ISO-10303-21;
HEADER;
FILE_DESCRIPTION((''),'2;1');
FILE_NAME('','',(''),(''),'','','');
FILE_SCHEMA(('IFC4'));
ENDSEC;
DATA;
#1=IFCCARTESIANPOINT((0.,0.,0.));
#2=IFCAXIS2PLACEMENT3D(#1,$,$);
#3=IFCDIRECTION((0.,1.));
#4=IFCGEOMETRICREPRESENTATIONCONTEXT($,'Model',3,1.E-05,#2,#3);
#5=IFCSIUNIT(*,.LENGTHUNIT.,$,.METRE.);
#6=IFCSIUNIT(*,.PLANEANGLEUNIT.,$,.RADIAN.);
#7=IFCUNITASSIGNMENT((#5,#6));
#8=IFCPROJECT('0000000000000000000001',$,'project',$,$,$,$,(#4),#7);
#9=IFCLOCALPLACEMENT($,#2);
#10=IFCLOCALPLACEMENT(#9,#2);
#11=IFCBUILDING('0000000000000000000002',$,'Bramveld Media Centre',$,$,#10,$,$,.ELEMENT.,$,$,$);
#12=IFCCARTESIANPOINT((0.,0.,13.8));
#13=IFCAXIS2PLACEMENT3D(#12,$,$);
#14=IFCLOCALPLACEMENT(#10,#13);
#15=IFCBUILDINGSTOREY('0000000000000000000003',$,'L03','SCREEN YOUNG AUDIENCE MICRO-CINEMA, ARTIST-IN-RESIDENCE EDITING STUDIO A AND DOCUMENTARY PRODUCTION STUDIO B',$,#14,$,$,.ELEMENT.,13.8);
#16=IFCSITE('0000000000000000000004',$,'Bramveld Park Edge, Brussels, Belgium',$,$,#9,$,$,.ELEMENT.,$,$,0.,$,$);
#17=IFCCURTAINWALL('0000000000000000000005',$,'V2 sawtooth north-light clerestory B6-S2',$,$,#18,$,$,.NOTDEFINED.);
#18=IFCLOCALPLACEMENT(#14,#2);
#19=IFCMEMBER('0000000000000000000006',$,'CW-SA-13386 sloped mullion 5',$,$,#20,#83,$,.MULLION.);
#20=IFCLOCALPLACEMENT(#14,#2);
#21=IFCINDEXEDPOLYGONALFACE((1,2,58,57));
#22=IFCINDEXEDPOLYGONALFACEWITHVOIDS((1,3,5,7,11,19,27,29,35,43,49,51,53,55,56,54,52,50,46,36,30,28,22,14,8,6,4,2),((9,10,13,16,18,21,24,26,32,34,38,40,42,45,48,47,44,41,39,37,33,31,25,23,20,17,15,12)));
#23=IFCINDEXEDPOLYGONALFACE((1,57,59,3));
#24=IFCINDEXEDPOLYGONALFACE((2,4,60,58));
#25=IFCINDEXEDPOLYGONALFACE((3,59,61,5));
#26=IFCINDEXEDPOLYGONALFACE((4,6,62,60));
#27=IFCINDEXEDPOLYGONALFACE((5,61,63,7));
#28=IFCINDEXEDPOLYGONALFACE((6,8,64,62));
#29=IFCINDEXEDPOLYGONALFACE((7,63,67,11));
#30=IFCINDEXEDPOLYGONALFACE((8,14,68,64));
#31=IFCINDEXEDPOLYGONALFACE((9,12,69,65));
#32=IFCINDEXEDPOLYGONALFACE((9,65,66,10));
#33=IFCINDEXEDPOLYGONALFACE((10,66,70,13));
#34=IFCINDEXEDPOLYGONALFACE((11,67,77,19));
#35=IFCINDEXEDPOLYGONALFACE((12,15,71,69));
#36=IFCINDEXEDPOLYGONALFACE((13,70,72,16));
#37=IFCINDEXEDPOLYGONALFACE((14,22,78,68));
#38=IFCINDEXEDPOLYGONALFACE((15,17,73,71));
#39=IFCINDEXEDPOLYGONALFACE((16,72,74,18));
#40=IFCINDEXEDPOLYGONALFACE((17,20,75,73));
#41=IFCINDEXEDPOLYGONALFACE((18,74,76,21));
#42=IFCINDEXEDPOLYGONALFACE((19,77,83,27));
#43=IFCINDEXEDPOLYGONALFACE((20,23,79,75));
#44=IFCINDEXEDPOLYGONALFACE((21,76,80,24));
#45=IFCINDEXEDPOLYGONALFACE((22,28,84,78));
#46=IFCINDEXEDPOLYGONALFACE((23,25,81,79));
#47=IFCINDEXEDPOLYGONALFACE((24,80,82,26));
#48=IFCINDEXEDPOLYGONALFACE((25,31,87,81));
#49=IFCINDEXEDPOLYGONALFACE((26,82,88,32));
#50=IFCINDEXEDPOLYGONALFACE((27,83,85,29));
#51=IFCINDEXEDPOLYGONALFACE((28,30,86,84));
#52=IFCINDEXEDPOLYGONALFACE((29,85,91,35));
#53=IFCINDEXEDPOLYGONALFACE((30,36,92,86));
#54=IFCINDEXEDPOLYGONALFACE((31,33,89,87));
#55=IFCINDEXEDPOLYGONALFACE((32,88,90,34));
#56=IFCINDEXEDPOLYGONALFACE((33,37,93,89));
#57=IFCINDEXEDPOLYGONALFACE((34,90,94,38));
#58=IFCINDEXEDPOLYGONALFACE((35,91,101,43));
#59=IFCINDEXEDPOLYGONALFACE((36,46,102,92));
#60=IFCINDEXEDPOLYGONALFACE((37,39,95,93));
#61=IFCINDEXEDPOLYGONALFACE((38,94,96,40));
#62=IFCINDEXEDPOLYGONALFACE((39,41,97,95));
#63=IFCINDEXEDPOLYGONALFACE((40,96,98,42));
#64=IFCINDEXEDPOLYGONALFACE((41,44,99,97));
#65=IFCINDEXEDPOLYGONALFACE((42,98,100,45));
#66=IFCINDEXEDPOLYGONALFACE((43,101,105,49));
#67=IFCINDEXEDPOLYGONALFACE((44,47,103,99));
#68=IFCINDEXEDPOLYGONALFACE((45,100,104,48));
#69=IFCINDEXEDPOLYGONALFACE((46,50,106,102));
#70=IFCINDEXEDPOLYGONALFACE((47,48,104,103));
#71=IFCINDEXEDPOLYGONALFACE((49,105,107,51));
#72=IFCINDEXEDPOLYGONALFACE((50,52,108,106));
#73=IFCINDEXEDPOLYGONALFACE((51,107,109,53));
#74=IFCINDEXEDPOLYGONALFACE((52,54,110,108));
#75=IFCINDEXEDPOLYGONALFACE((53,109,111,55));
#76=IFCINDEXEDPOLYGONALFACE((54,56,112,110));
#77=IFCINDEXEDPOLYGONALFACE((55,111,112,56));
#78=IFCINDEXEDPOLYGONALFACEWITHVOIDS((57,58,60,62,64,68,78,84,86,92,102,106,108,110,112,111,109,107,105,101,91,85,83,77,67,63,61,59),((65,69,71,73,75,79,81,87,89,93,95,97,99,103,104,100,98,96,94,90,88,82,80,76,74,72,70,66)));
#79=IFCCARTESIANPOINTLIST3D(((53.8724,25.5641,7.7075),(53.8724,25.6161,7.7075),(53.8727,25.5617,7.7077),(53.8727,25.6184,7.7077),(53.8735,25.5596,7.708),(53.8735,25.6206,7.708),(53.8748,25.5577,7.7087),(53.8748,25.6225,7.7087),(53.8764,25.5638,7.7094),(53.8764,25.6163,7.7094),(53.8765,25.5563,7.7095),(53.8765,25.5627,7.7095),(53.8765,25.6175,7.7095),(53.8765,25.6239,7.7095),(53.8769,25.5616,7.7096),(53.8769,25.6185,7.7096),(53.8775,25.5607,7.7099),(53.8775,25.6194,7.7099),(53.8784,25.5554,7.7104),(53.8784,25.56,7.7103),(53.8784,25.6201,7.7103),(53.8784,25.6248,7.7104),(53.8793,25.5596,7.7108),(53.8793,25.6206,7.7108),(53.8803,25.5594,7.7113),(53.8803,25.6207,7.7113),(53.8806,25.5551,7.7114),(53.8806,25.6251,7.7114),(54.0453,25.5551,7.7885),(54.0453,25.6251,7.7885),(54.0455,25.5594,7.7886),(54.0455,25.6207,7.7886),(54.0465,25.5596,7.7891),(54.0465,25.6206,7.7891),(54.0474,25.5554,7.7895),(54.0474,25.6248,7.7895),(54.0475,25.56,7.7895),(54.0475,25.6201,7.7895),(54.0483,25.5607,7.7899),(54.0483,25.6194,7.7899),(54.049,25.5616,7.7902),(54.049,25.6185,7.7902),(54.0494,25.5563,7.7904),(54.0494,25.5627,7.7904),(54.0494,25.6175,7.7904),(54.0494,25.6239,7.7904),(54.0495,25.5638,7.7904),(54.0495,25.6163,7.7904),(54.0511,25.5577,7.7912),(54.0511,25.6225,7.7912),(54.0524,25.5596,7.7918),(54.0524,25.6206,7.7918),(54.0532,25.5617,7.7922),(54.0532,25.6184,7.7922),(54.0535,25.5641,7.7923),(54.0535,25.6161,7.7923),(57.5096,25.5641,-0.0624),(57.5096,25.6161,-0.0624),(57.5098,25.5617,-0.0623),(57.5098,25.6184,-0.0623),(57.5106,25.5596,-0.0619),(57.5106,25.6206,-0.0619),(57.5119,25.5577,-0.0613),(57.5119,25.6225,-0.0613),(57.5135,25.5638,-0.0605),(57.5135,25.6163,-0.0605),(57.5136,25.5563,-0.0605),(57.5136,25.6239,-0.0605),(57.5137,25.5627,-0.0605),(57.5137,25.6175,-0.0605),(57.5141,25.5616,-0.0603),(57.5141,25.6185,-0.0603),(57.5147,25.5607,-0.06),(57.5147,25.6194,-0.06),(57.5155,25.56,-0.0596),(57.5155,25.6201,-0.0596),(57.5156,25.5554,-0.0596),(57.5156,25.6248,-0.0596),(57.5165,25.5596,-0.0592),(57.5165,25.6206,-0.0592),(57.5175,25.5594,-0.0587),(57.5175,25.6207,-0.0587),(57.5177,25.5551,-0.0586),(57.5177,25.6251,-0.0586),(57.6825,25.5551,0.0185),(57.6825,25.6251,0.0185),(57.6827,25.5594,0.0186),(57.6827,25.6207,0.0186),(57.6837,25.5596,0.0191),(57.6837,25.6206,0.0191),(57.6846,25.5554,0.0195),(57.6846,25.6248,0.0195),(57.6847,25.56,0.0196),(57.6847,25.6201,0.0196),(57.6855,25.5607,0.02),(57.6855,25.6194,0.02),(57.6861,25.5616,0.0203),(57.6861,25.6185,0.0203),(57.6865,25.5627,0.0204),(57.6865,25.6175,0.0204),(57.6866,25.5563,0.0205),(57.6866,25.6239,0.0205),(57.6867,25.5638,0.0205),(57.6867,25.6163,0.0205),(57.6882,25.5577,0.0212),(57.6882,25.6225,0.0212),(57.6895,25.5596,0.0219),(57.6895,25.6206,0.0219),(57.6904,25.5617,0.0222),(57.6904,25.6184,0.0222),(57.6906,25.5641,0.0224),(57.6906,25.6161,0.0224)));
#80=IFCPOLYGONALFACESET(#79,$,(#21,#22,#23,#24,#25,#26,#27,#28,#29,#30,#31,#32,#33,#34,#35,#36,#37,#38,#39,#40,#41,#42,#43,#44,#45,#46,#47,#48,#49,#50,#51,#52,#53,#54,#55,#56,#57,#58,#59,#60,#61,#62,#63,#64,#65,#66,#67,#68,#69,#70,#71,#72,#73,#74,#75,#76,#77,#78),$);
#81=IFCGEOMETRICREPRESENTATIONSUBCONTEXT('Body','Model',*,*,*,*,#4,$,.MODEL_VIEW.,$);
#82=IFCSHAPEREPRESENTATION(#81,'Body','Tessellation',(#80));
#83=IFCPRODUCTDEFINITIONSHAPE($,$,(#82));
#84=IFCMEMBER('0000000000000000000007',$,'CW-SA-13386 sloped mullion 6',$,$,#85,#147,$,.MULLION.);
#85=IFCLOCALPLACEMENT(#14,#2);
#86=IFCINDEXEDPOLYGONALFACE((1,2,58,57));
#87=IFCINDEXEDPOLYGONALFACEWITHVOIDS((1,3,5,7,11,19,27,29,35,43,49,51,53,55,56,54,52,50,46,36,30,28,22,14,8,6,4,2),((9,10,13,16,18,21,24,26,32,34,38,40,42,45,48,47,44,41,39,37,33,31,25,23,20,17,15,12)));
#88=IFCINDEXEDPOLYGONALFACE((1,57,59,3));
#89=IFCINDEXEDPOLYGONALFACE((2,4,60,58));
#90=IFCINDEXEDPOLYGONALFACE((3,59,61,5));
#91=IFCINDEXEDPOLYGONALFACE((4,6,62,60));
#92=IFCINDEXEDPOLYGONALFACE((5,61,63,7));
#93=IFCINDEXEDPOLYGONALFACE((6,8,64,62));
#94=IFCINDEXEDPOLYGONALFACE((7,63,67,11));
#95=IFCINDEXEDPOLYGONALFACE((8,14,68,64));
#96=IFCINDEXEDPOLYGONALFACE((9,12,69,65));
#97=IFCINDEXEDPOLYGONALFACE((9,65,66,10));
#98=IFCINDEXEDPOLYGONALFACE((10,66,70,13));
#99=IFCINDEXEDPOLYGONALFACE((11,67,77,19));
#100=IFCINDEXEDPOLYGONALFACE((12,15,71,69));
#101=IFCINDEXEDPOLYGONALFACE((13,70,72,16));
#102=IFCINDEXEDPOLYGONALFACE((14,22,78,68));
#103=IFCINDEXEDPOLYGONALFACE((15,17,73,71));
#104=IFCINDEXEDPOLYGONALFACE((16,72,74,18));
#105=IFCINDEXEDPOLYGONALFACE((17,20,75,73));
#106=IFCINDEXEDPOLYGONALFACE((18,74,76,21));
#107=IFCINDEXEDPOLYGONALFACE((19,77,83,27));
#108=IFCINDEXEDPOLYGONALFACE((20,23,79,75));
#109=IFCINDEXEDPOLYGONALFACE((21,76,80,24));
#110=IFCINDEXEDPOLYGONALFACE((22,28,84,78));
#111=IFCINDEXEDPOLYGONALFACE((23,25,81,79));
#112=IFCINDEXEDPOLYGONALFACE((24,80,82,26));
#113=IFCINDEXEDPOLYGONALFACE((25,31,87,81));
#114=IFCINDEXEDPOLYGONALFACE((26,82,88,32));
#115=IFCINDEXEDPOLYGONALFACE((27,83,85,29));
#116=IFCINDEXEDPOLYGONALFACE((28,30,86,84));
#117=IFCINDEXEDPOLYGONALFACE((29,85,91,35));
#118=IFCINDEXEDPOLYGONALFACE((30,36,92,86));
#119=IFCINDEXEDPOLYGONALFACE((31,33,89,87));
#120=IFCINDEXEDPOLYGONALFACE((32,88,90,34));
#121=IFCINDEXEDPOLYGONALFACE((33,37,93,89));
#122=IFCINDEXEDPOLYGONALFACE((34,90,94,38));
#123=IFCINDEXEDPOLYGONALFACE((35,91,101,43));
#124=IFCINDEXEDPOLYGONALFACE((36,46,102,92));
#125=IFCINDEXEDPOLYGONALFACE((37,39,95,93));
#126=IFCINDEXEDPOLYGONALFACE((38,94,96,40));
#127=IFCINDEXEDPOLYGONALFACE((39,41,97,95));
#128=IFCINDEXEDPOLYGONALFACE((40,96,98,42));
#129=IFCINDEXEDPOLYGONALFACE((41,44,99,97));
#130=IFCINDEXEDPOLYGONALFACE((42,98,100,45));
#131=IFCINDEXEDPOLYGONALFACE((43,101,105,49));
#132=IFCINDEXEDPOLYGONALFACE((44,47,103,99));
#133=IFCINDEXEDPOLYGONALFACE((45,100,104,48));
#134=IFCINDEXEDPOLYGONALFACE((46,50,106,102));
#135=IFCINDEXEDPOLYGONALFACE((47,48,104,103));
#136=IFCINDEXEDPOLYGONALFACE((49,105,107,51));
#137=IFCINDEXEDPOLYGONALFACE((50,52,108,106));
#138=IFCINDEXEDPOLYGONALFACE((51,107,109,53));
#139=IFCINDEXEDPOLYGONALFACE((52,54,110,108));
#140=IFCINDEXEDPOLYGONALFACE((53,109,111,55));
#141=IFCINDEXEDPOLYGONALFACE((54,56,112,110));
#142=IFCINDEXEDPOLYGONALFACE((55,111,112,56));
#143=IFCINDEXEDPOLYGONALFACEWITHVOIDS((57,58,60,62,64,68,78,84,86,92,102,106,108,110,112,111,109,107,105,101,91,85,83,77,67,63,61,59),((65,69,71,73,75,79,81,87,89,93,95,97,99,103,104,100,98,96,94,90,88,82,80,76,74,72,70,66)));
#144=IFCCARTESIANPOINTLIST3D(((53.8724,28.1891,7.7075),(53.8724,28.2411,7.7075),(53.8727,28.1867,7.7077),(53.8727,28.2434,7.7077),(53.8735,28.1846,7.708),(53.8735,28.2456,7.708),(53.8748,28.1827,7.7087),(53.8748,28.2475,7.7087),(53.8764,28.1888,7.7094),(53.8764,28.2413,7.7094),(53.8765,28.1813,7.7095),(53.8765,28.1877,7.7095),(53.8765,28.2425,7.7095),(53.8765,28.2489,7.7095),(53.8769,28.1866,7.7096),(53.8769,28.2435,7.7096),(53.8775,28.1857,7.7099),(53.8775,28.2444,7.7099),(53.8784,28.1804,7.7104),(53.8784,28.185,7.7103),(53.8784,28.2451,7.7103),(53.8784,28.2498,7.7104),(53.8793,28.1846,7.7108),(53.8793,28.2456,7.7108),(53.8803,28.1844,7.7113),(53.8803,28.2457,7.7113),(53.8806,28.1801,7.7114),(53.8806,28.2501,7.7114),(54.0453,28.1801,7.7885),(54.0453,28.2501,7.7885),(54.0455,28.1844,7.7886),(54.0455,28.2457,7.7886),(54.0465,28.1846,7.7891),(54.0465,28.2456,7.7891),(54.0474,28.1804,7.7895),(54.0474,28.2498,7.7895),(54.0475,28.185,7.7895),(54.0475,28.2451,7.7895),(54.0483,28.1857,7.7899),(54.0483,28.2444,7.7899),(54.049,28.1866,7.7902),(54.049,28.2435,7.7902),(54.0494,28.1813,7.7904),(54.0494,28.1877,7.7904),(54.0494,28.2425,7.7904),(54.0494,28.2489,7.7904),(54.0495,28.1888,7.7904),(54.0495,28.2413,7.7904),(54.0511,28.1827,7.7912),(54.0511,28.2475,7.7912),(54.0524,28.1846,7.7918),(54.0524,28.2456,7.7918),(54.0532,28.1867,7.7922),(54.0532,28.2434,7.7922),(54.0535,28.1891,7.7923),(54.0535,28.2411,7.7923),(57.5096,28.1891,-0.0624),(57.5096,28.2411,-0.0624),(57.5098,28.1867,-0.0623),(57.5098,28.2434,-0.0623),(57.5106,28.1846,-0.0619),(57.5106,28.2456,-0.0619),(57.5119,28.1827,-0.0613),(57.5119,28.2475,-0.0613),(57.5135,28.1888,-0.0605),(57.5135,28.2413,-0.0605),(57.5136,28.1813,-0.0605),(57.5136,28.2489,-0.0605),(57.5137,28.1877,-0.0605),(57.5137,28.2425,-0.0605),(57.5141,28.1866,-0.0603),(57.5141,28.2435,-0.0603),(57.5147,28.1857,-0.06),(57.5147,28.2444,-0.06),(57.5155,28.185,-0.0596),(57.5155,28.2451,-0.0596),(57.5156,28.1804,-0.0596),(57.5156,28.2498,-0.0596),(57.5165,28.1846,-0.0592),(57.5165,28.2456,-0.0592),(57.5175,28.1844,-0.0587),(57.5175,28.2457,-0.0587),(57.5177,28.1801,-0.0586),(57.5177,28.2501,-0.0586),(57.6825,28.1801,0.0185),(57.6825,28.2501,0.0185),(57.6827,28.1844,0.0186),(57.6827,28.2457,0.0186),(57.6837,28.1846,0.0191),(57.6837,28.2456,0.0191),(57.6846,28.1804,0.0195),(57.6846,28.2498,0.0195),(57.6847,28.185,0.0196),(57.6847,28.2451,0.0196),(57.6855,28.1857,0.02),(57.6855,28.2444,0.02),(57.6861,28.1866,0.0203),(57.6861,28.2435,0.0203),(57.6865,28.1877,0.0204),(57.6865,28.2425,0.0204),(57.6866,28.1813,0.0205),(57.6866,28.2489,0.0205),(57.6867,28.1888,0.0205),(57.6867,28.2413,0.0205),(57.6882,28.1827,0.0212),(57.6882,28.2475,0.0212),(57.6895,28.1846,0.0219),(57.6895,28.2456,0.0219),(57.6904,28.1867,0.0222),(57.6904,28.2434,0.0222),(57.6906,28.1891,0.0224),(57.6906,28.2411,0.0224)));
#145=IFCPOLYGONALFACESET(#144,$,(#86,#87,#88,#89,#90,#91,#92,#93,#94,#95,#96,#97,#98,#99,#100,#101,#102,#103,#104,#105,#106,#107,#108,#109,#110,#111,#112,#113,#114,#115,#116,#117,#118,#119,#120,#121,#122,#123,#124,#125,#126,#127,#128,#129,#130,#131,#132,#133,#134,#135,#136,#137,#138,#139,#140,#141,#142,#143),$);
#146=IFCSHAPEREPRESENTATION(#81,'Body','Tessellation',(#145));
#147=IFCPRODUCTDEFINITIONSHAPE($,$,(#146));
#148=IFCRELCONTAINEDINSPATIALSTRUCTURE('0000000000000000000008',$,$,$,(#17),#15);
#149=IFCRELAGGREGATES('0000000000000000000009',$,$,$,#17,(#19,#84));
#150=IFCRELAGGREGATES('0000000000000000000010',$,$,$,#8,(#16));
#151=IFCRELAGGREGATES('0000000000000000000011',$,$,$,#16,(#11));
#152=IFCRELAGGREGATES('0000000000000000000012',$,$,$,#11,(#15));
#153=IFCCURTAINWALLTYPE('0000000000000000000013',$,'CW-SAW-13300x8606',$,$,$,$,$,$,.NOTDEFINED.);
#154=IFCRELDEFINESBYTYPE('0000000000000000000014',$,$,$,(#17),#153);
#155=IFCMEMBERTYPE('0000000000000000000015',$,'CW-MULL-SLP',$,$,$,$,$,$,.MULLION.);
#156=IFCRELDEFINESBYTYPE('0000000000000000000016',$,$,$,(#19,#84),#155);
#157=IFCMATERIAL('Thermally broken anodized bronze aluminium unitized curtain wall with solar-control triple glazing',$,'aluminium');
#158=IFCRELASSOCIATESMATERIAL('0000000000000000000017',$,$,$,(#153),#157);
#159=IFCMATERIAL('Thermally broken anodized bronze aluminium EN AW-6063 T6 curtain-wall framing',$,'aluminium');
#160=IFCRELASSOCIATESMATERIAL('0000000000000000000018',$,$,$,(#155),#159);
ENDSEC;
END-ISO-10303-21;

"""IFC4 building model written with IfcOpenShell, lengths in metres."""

from ifc_helpers import new_model, si_unit, direction, frame, origin, origin_2d, place, context, subcontext, project, spatial, hollow_rectangle, extrude, material, material_profile, profile_set, type_object, element, aggregate, save


model = new_model("IFC4")

# Units and contexts
model_context = context("Model", 3, precision=1e-05, world=origin(), true_north=direction((0.0, 1.0)))
body_context = subcontext(model_context, "Body", "Model", "MODEL_VIEW")
ifc_project = project(units=[si_unit("LENGTHUNIT", "METRE"), si_unit("PLANEANGLEUNIT", "RADIAN")], contexts=[model_context])

# Site, building, storey
site_placement = place(None, origin())
site = spatial("IfcSite", under=ifc_project, at=site_placement, Name="Bramveld Park Edge, Brussels, Belgium", CompositionType="ELEMENT", RefElevation=0.0)
building_placement = place(site_placement, origin())
building = spatial("IfcBuilding", under=site, at=building_placement, Name="Bramveld Media Centre", CompositionType="ELEMENT")
storey_placement = place(building_placement, frame((0.0, 0.0, 13.8)))
storey = spatial("IfcBuildingStorey", under=building, at=storey_placement, Name="L03", Description="SCREEN YOUNG AUDIENCE MICRO-CINEMA, ARTIST-IN-RESIDENCE EDITING STUDIO A AND DOCUMENTARY PRODUCTION STUDIO B", CompositionType="ELEMENT", Elevation=13.8)

# Curtain wall, members
ifc_material_1 = material(Name="Thermally broken anodized bronze aluminium unitized curtain wall with solar-control triple glazing", Category="aluminium")
curtain_wall_type = type_object("IfcCurtainWallType", Name="CW-SAW-13300x8606", PredefinedType="NOTDEFINED", material=ifc_material_1)
ifc_material_2 = material(Name="Thermally broken anodized bronze aluminium EN AW-6063 T6 curtain-wall framing", Category="aluminium")
ifc_material_profile_1 = material_profile(ifc_material_2, hollow_rectangle(XDim=0.0701, YDim=0.2, WallThickness=0.0044, InnerFilletRadius=0.0044, OuterFilletRadius=0.009, at=origin_2d()), Name="AL-MULL 70x200")
ifc_profile_set_1 = profile_set([ifc_material_profile_1], Name="Thermally broken anodized bronze aluminium EN AW-6063 T6 curtain-wall framing")
member_type_1 = type_object("IfcMemberType", Name="CW-MULL-SLP", PredefinedType="MULLION", material=ifc_profile_set_1)
curtain_wall_1_placement = place(storey_placement, origin())
curtain_wall_1 = element("IfcCurtainWall", 1, at=curtain_wall_1_placement, inside=storey, type_object=curtain_wall_type, Name="V2 sawtooth north-light clerestory B6-S2", PredefinedType="NOTDEFINED")
member_1_placement = place(storey_placement, frame((57.6001, 25.5901, -0.02), z_axis=(-0.423957, 0.0, 0.905682), x_axis=(0.0, -1.0, 0.0)))
member_1 = element("IfcMember", 2, at=member_1_placement, type_object=member_type_1, Name="CW-SA-13386 sloped mullion 5", PredefinedType="MULLION", context=body_context, shape_type="SweptSolid", body=[
    extrude(hollow_rectangle(XDim=0.0701, YDim=0.2, WallThickness=0.0044, InnerFilletRadius=0.0044, OuterFilletRadius=0.009, at=origin_2d()), origin(), (0.0, 0.0, 1.0), 8.5791),
])
member_2_placement = place(storey_placement, frame((57.6001, 28.2151, -0.02), z_axis=(-0.423957, 0.0, 0.905682), x_axis=(0.0, -1.0, 0.0)))
member_2 = element("IfcMember", 3, at=member_2_placement, type_object=member_type_1, Name="CW-SA-13386 sloped mullion 6", PredefinedType="MULLION", context=body_context, shape_type="SweptSolid", body=[
    extrude(hollow_rectangle(XDim=0.0701, YDim=0.2, WallThickness=0.0044, InnerFilletRadius=0.0044, OuterFilletRadius=0.009, at=origin_2d()), origin(), (0.0, 0.0, 1.0), 8.5791),
])

aggregate(curtain_wall_1, [member_1, member_2])

save(model, "model.ifc")
